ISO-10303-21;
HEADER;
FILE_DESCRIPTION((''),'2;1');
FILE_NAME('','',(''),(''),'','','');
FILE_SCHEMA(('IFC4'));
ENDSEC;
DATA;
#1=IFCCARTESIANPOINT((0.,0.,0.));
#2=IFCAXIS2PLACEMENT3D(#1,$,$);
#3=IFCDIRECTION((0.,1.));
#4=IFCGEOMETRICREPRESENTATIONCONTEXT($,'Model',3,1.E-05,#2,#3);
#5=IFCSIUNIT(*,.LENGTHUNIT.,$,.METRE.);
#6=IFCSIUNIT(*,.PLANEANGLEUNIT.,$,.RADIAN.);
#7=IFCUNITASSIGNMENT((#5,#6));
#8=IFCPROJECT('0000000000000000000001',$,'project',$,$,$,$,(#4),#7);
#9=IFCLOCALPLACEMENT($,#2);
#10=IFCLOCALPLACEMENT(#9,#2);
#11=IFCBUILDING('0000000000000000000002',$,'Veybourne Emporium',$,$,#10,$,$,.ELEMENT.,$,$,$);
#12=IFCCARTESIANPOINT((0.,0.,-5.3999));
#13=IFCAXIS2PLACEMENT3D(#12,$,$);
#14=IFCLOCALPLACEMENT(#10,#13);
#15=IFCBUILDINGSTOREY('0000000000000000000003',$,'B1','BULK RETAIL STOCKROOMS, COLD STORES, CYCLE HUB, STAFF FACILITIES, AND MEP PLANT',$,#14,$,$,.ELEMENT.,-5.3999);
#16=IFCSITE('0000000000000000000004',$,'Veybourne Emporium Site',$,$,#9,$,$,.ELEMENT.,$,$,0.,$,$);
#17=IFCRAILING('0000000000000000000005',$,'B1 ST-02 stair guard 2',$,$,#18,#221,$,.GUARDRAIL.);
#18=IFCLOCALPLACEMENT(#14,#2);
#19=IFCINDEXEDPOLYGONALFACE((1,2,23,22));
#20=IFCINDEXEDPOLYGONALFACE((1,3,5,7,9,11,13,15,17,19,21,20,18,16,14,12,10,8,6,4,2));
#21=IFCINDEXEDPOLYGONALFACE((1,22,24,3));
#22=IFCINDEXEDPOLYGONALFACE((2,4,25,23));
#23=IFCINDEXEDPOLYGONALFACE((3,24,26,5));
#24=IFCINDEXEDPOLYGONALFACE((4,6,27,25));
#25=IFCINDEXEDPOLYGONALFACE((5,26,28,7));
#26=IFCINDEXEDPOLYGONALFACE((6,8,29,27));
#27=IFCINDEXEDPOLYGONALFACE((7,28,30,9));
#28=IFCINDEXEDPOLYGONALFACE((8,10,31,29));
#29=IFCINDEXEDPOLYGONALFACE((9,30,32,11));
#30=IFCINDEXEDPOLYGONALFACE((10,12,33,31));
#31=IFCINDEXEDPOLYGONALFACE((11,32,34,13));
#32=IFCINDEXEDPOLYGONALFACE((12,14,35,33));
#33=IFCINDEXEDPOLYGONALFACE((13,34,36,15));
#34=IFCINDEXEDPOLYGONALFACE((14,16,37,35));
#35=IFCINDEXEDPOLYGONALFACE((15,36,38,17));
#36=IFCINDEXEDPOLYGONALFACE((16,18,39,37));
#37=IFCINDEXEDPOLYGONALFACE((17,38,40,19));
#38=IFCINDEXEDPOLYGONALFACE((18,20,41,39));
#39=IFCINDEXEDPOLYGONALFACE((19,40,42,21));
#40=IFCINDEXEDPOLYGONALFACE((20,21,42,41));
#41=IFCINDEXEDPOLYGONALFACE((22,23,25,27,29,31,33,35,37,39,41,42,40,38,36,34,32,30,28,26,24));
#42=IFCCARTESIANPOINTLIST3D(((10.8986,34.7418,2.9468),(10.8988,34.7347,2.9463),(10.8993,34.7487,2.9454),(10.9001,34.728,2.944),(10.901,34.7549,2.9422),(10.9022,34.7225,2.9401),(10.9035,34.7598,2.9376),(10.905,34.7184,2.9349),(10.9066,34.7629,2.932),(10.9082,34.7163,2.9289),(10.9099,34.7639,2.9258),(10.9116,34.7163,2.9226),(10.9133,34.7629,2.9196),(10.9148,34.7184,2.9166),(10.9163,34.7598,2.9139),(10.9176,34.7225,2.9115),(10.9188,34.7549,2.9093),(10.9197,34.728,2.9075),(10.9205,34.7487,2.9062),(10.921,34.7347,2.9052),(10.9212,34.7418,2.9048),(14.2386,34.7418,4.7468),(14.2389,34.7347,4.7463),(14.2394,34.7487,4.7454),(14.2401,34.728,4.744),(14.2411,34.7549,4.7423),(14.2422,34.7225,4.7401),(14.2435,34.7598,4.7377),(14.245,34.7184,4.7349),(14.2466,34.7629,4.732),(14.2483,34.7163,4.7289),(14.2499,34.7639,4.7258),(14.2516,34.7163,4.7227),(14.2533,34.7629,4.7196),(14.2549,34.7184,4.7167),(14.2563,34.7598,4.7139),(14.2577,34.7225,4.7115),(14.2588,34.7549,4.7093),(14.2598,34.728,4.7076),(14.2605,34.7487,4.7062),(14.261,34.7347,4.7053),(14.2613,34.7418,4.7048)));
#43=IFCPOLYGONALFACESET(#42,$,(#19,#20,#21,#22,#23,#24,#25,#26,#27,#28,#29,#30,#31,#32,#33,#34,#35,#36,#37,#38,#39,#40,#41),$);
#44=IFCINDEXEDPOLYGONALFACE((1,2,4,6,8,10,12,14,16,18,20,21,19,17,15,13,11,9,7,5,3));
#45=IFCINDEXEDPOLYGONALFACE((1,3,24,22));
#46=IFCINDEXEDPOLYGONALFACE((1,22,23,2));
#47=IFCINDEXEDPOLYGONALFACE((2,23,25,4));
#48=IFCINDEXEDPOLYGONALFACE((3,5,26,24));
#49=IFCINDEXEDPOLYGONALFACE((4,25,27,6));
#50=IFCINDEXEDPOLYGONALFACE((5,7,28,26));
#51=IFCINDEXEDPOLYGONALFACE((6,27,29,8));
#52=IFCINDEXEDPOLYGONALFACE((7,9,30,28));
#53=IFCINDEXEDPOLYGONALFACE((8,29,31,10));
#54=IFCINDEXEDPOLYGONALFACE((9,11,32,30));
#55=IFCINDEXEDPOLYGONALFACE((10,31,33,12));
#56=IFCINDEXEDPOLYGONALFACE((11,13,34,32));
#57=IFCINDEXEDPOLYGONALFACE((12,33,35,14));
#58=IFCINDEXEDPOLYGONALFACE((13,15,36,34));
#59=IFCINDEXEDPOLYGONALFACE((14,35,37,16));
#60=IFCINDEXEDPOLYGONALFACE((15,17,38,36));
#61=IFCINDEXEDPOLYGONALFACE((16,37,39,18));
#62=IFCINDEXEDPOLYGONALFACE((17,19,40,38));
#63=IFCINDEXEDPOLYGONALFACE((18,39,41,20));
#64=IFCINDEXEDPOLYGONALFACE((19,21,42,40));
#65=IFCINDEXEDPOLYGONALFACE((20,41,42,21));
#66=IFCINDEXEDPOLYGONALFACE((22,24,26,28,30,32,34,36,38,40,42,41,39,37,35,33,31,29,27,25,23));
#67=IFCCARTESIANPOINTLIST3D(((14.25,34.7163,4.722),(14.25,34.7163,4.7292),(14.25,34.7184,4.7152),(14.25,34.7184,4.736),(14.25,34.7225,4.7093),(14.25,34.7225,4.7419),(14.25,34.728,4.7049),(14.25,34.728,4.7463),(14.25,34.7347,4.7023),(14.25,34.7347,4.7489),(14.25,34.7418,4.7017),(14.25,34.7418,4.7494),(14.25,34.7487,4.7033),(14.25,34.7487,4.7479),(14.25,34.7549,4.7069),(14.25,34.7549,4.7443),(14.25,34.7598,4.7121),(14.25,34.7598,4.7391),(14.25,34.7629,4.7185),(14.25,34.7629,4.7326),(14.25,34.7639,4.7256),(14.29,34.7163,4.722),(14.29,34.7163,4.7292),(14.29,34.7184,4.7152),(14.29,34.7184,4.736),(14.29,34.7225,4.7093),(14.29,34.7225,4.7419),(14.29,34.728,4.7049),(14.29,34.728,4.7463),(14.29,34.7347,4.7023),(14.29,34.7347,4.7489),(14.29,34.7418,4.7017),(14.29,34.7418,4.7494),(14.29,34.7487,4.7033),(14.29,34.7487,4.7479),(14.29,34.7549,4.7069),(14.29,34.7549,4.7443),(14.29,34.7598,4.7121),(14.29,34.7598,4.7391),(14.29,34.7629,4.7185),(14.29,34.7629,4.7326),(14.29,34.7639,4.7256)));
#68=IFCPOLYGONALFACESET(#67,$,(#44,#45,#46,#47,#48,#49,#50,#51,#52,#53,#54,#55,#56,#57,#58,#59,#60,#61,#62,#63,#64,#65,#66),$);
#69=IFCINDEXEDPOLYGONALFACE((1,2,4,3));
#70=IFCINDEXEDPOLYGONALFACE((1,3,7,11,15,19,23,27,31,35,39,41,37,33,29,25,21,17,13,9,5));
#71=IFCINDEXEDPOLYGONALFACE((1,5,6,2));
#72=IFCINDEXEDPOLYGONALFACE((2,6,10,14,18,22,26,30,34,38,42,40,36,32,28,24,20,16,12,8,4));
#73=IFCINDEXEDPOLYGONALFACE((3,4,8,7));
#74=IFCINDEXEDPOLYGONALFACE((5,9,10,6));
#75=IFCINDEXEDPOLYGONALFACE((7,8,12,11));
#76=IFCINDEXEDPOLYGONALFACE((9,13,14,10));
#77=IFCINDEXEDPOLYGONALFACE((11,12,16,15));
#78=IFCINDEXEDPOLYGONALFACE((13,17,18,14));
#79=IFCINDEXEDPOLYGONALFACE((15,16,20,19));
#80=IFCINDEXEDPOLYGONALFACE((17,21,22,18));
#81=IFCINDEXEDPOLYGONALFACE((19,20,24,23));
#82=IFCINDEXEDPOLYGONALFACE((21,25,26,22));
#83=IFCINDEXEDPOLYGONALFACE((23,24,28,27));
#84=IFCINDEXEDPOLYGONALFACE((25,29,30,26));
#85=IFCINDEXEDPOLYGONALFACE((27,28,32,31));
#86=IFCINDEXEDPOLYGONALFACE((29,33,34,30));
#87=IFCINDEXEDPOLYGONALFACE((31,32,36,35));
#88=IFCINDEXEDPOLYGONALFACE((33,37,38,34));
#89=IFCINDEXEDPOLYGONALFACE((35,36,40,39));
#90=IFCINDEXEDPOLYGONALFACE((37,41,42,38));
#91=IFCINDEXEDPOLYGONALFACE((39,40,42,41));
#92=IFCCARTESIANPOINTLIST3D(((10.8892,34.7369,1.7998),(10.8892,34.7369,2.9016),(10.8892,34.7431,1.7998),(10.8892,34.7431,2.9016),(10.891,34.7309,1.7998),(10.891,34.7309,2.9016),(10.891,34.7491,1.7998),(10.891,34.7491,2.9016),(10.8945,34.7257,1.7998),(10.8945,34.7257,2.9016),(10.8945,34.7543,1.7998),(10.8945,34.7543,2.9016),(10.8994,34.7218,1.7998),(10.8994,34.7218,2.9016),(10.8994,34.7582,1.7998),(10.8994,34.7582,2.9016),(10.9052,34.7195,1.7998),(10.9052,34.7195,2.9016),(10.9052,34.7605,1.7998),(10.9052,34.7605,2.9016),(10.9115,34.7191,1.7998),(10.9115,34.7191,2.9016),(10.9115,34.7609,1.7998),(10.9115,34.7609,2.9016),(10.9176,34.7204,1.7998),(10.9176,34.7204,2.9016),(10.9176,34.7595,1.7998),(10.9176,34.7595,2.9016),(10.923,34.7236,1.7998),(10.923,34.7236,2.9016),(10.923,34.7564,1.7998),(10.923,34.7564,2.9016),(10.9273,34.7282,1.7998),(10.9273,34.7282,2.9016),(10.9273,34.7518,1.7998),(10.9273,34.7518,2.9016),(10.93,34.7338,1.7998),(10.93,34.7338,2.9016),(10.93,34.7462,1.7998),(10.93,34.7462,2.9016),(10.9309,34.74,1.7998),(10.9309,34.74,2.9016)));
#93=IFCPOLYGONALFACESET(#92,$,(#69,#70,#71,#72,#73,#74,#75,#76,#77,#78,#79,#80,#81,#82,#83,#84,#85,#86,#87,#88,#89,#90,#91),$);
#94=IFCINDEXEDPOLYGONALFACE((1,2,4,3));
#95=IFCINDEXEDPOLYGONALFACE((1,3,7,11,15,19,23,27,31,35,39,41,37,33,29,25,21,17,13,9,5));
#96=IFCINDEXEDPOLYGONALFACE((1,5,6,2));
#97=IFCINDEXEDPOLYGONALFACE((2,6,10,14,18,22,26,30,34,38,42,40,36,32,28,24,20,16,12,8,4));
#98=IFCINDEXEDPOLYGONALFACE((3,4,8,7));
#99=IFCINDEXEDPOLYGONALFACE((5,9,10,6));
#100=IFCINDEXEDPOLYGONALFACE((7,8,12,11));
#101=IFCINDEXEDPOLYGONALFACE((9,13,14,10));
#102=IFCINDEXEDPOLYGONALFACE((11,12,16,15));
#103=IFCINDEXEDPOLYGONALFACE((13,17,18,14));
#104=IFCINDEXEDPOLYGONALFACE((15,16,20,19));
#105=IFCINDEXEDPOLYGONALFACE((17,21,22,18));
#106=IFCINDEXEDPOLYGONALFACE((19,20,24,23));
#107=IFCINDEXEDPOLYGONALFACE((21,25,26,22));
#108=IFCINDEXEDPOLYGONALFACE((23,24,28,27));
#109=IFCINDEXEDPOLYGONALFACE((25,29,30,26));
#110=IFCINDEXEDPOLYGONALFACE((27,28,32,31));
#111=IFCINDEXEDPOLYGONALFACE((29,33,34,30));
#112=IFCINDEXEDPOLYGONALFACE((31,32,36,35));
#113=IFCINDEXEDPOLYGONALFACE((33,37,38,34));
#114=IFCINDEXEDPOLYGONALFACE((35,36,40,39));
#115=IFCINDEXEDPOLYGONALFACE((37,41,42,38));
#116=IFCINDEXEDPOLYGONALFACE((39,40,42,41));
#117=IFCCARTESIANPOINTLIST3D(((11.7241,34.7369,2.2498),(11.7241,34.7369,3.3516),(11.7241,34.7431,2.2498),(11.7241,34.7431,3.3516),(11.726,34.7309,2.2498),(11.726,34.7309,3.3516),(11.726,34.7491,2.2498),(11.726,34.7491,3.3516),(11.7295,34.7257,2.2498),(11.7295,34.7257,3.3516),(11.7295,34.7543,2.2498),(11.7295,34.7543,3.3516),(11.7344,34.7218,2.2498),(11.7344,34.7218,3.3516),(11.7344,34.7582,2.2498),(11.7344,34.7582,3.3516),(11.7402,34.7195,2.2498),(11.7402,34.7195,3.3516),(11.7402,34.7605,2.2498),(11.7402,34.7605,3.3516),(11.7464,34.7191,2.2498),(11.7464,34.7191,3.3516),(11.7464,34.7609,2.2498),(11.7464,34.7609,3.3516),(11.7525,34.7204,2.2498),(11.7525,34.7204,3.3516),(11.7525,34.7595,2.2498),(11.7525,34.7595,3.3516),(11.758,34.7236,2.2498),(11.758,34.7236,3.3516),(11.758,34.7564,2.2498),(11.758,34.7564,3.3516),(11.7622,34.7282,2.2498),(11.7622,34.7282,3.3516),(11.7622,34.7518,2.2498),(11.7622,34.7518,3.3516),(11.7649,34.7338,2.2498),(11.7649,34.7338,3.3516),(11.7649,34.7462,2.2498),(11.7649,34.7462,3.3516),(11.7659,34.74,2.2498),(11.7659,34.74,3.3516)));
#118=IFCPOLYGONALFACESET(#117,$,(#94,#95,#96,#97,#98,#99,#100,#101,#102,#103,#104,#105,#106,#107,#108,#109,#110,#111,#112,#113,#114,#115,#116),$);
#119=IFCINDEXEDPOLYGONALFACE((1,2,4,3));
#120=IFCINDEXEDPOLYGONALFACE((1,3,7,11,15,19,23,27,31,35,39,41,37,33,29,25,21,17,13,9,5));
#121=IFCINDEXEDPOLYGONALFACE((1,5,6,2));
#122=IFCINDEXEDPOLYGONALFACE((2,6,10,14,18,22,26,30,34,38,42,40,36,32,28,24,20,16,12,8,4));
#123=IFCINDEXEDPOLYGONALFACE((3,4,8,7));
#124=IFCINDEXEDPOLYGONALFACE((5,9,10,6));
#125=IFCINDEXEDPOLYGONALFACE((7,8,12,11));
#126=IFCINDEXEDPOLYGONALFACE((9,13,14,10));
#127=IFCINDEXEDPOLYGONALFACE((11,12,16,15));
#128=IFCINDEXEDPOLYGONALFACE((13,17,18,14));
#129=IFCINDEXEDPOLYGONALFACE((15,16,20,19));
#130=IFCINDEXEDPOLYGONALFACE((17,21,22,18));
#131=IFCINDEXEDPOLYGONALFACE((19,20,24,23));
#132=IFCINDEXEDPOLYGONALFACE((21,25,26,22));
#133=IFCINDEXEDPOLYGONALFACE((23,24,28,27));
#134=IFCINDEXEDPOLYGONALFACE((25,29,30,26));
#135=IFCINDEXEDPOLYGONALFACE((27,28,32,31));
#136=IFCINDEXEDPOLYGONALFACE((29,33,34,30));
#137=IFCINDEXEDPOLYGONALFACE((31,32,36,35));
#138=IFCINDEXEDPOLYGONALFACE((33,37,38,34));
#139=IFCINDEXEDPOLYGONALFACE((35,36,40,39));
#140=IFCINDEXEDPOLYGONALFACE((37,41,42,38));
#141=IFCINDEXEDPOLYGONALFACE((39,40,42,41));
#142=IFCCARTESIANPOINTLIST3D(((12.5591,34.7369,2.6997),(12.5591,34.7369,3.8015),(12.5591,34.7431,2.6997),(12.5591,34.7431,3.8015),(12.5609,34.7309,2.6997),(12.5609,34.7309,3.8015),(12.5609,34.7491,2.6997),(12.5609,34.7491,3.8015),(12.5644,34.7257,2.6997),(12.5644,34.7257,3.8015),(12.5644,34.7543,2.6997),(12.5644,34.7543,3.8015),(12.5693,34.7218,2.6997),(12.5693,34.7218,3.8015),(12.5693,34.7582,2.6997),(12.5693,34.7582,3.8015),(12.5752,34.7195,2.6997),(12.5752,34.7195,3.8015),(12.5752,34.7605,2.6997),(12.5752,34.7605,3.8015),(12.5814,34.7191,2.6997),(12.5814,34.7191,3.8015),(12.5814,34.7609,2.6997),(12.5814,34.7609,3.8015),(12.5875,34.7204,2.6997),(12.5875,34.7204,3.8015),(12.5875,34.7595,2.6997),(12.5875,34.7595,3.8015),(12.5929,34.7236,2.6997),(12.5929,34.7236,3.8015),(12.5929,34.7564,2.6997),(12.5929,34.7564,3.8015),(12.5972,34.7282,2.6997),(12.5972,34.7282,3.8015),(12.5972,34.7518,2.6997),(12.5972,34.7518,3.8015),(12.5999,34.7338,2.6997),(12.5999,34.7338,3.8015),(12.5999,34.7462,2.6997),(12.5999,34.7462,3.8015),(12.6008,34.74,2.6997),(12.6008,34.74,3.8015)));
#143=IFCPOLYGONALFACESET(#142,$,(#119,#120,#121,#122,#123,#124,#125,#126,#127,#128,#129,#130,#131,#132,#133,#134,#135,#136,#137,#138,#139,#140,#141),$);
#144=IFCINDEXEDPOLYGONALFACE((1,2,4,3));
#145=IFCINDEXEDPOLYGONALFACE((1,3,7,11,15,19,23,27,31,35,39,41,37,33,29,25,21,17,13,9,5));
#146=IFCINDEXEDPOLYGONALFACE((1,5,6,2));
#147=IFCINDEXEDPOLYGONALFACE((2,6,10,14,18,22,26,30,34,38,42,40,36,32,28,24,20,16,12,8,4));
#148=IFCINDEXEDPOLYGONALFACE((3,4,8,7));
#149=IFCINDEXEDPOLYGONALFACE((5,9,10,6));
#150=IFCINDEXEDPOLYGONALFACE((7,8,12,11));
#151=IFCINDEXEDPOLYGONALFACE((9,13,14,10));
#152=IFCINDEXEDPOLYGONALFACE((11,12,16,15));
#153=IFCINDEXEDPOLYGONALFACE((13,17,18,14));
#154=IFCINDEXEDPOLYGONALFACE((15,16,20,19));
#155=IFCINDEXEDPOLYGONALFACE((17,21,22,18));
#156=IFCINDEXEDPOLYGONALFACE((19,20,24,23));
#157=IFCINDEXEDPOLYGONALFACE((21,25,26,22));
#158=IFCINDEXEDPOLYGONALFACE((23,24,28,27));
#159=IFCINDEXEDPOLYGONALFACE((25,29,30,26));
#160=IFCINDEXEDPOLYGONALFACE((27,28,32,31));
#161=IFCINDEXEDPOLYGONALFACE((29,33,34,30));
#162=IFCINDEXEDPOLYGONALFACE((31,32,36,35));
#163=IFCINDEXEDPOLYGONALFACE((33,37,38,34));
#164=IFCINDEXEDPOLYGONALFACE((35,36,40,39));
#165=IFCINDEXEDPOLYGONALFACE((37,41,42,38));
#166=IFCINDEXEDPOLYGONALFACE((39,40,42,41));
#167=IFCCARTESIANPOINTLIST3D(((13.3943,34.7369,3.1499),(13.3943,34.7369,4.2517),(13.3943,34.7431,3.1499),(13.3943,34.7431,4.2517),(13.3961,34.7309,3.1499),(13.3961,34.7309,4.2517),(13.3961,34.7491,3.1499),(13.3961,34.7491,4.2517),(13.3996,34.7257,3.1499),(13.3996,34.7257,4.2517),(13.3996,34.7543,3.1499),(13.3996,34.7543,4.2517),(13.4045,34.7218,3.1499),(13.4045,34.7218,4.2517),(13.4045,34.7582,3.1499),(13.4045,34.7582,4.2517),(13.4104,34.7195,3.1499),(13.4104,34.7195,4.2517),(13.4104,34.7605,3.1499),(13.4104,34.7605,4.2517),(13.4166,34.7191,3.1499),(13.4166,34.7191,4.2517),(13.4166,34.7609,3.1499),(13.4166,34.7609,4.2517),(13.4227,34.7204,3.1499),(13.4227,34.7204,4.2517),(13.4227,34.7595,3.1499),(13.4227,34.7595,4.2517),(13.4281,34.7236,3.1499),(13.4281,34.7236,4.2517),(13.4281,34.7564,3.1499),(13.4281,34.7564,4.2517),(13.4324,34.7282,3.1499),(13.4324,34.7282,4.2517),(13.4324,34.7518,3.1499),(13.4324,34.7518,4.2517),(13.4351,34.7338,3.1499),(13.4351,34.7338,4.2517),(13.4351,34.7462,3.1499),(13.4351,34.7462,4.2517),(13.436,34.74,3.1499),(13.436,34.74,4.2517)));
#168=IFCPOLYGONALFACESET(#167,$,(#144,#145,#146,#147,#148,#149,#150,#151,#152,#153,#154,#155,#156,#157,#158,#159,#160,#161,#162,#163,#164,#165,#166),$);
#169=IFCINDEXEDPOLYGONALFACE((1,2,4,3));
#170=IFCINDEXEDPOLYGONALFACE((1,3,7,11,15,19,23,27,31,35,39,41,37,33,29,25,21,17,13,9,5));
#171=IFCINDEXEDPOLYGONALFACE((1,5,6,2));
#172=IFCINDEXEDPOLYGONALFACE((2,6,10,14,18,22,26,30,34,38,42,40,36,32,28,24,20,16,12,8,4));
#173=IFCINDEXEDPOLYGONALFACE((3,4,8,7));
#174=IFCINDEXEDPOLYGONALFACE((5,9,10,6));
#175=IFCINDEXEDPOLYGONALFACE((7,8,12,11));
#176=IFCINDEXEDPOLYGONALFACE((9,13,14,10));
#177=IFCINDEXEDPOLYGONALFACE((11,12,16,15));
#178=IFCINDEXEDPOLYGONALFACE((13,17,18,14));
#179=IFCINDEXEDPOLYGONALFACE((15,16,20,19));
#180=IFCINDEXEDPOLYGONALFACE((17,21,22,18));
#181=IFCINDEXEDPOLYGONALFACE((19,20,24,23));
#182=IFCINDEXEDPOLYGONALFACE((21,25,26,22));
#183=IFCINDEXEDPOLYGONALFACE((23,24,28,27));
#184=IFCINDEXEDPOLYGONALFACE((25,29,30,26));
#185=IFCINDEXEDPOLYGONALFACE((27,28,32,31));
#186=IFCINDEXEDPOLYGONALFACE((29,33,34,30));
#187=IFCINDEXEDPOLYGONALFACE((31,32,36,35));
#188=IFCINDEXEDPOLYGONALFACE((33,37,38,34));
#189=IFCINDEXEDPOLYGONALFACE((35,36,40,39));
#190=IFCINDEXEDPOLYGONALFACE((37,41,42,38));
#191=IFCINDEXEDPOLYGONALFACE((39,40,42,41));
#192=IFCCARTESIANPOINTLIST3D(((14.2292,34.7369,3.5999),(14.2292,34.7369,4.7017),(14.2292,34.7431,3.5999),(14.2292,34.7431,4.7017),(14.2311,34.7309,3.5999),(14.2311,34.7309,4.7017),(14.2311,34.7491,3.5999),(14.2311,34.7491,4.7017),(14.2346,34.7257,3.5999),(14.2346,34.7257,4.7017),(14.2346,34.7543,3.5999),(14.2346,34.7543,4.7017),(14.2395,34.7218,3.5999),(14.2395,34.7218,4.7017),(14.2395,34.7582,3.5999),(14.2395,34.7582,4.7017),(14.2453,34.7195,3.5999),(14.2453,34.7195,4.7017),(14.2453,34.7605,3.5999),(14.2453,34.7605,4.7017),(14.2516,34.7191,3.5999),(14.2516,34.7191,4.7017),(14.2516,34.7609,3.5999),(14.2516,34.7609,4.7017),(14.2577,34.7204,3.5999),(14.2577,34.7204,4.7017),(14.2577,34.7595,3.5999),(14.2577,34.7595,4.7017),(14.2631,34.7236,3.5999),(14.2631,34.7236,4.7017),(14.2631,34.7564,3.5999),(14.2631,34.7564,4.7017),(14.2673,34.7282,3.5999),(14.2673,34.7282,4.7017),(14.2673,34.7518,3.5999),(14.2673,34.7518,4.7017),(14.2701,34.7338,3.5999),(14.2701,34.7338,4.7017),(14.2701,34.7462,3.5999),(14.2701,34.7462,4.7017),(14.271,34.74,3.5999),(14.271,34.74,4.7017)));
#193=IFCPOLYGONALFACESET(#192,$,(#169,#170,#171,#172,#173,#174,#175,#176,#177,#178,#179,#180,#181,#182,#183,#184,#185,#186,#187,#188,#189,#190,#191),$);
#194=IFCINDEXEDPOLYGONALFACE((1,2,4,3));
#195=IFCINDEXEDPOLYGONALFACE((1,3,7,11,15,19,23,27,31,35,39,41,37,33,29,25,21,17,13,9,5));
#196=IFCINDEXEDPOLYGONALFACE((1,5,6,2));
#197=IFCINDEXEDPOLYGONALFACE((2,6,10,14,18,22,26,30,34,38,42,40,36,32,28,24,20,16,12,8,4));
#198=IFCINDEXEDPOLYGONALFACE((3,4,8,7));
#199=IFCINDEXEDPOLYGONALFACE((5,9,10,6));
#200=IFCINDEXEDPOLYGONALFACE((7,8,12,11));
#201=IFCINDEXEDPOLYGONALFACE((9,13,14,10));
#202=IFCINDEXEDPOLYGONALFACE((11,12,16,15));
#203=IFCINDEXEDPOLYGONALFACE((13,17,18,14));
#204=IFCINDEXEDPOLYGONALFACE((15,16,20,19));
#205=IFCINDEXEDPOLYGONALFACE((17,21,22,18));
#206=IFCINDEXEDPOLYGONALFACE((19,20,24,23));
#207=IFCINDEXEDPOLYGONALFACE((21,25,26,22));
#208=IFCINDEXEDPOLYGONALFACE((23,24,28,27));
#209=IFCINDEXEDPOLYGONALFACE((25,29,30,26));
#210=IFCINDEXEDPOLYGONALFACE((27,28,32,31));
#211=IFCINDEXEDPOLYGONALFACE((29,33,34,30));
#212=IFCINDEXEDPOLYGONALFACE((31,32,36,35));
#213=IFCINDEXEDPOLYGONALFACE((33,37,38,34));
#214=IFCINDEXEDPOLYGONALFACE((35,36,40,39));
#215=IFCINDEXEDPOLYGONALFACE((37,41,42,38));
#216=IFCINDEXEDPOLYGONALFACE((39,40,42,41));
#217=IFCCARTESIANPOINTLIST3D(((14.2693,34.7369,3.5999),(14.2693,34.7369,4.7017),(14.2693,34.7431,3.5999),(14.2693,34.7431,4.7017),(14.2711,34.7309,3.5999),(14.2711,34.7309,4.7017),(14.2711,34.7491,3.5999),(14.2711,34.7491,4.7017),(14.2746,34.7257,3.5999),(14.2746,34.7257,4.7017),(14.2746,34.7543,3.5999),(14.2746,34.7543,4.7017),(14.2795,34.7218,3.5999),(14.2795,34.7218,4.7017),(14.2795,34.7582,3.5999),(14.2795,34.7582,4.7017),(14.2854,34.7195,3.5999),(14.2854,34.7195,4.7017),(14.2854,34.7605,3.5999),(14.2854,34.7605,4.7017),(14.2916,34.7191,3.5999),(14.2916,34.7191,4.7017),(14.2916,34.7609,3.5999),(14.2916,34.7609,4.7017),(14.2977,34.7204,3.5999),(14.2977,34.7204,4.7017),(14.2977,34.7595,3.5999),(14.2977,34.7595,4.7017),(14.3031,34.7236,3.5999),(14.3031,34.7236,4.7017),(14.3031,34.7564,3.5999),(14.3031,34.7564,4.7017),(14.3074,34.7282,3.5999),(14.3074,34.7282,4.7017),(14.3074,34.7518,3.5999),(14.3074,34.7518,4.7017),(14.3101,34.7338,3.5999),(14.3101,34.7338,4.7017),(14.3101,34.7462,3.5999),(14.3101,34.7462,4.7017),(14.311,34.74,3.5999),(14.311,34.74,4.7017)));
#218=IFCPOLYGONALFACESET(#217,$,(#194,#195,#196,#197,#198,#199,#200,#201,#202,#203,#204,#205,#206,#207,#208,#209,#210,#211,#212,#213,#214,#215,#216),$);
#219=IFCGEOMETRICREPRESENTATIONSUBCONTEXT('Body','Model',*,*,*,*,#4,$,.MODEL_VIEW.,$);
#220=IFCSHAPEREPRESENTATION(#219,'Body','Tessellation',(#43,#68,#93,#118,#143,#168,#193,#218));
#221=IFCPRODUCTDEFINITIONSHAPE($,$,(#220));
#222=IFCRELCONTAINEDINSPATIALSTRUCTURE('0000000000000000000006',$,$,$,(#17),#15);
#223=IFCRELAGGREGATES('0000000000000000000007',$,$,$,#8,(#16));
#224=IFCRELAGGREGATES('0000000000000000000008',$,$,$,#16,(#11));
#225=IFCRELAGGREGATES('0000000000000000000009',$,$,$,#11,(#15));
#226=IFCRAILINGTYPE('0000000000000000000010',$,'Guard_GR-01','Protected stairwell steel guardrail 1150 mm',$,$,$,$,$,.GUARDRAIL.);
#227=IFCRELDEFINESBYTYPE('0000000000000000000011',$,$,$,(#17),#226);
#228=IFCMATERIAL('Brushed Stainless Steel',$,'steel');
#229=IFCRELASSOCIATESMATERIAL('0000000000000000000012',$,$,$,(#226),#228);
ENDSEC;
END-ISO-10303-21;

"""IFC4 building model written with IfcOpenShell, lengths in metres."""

from ifc_helpers import new_model, si_unit, direction, frame, origin, origin_2d, place, context, subcontext, project, spatial, circle, extrude, material, type_object, element, save


model = new_model("IFC4")

# Units and contexts
model_context = context("Model", 3, precision=1e-05, world=origin(), true_north=direction((0.0, 1.0)))
body_context = subcontext(model_context, "Body", "Model", "MODEL_VIEW")
ifc_project = project(units=[si_unit("LENGTHUNIT", "METRE"), si_unit("PLANEANGLEUNIT", "RADIAN")], contexts=[model_context])

# Site, building, storey
site_placement = place(None, origin())
site = spatial("IfcSite", under=ifc_project, at=site_placement, Name="Veybourne Emporium Site", CompositionType="ELEMENT", RefElevation=0.0)
building_placement = place(site_placement, origin())
building = spatial("IfcBuilding", under=site, at=building_placement, Name="Veybourne Emporium", CompositionType="ELEMENT")
storey_placement = place(building_placement, frame((0.0, 0.0, -5.3999)))
storey = spatial("IfcBuildingStorey", under=building, at=storey_placement, Name="B1", Description="BULK RETAIL STOCKROOMS, COLD STORES, CYCLE HUB, STAFF FACILITIES, AND MEP PLANT", CompositionType="ELEMENT", Elevation=-5.3999)

# Railing
ifc_material_1 = material(Name="Brushed Stainless Steel", Category="steel")
railing_type_1 = type_object("IfcRailingType", Name="Guard_GR-01", Description="Protected stairwell steel guardrail 1150 mm", PredefinedType="GUARDRAIL", material=ifc_material_1)
railing_1_placement = place(storey_placement, frame((10.9099, 34.74, 1.7998)))
element("IfcRailing", 1, at=railing_1_placement, inside=storey, type_object=railing_type_1, Name="B1 ST-02 stair guard 2", PredefinedType="GUARDRAIL", context=body_context, shape_type="SweptSolid", body=[
    extrude(circle(Radius=0.0239, at=origin_2d()), frame((0.0, 0.0, 1.126), z_axis=(0.880302, 0.0, 0.474414), x_axis=(0.0, 1.0, 0.0)), (0.0, 0.0, 1.0), 3.7942),
    extrude(circle(Radius=0.0239, at=origin_2d()), frame((3.3401, 0.0, 2.9258), z_axis=(1.0, 0.0, 0.0), x_axis=(0.0, 1.0, 0.0)), (0.0, 0.0, 1.0), 0.04),
    extrude(circle(Radius=0.021, at=origin_2d()), origin(), (0.0, 0.0, 1.0), 1.1018),
    extrude(circle(Radius=0.021, at=origin_2d()), frame((0.835, 0.0, 0.45)), (0.0, 0.0, 1.0), 1.1018),
    extrude(circle(Radius=0.021, at=origin_2d()), frame((1.6699, 0.0, 0.8999)), (0.0, 0.0, 1.0), 1.1018),
    extrude(circle(Radius=0.021, at=origin_2d()), frame((2.5051, 0.0, 1.3501)), (0.0, 0.0, 1.0), 1.1018),
    extrude(circle(Radius=0.021, at=origin_2d()), frame((3.3401, 0.0, 1.8)), (0.0, 0.0, 1.0), 1.1018),
    extrude(circle(Radius=0.021, at=origin_2d()), frame((3.3801, 0.0, 1.8)), (0.0, 0.0, 1.0), 1.1018),
])

save(model, "model.ifc")
